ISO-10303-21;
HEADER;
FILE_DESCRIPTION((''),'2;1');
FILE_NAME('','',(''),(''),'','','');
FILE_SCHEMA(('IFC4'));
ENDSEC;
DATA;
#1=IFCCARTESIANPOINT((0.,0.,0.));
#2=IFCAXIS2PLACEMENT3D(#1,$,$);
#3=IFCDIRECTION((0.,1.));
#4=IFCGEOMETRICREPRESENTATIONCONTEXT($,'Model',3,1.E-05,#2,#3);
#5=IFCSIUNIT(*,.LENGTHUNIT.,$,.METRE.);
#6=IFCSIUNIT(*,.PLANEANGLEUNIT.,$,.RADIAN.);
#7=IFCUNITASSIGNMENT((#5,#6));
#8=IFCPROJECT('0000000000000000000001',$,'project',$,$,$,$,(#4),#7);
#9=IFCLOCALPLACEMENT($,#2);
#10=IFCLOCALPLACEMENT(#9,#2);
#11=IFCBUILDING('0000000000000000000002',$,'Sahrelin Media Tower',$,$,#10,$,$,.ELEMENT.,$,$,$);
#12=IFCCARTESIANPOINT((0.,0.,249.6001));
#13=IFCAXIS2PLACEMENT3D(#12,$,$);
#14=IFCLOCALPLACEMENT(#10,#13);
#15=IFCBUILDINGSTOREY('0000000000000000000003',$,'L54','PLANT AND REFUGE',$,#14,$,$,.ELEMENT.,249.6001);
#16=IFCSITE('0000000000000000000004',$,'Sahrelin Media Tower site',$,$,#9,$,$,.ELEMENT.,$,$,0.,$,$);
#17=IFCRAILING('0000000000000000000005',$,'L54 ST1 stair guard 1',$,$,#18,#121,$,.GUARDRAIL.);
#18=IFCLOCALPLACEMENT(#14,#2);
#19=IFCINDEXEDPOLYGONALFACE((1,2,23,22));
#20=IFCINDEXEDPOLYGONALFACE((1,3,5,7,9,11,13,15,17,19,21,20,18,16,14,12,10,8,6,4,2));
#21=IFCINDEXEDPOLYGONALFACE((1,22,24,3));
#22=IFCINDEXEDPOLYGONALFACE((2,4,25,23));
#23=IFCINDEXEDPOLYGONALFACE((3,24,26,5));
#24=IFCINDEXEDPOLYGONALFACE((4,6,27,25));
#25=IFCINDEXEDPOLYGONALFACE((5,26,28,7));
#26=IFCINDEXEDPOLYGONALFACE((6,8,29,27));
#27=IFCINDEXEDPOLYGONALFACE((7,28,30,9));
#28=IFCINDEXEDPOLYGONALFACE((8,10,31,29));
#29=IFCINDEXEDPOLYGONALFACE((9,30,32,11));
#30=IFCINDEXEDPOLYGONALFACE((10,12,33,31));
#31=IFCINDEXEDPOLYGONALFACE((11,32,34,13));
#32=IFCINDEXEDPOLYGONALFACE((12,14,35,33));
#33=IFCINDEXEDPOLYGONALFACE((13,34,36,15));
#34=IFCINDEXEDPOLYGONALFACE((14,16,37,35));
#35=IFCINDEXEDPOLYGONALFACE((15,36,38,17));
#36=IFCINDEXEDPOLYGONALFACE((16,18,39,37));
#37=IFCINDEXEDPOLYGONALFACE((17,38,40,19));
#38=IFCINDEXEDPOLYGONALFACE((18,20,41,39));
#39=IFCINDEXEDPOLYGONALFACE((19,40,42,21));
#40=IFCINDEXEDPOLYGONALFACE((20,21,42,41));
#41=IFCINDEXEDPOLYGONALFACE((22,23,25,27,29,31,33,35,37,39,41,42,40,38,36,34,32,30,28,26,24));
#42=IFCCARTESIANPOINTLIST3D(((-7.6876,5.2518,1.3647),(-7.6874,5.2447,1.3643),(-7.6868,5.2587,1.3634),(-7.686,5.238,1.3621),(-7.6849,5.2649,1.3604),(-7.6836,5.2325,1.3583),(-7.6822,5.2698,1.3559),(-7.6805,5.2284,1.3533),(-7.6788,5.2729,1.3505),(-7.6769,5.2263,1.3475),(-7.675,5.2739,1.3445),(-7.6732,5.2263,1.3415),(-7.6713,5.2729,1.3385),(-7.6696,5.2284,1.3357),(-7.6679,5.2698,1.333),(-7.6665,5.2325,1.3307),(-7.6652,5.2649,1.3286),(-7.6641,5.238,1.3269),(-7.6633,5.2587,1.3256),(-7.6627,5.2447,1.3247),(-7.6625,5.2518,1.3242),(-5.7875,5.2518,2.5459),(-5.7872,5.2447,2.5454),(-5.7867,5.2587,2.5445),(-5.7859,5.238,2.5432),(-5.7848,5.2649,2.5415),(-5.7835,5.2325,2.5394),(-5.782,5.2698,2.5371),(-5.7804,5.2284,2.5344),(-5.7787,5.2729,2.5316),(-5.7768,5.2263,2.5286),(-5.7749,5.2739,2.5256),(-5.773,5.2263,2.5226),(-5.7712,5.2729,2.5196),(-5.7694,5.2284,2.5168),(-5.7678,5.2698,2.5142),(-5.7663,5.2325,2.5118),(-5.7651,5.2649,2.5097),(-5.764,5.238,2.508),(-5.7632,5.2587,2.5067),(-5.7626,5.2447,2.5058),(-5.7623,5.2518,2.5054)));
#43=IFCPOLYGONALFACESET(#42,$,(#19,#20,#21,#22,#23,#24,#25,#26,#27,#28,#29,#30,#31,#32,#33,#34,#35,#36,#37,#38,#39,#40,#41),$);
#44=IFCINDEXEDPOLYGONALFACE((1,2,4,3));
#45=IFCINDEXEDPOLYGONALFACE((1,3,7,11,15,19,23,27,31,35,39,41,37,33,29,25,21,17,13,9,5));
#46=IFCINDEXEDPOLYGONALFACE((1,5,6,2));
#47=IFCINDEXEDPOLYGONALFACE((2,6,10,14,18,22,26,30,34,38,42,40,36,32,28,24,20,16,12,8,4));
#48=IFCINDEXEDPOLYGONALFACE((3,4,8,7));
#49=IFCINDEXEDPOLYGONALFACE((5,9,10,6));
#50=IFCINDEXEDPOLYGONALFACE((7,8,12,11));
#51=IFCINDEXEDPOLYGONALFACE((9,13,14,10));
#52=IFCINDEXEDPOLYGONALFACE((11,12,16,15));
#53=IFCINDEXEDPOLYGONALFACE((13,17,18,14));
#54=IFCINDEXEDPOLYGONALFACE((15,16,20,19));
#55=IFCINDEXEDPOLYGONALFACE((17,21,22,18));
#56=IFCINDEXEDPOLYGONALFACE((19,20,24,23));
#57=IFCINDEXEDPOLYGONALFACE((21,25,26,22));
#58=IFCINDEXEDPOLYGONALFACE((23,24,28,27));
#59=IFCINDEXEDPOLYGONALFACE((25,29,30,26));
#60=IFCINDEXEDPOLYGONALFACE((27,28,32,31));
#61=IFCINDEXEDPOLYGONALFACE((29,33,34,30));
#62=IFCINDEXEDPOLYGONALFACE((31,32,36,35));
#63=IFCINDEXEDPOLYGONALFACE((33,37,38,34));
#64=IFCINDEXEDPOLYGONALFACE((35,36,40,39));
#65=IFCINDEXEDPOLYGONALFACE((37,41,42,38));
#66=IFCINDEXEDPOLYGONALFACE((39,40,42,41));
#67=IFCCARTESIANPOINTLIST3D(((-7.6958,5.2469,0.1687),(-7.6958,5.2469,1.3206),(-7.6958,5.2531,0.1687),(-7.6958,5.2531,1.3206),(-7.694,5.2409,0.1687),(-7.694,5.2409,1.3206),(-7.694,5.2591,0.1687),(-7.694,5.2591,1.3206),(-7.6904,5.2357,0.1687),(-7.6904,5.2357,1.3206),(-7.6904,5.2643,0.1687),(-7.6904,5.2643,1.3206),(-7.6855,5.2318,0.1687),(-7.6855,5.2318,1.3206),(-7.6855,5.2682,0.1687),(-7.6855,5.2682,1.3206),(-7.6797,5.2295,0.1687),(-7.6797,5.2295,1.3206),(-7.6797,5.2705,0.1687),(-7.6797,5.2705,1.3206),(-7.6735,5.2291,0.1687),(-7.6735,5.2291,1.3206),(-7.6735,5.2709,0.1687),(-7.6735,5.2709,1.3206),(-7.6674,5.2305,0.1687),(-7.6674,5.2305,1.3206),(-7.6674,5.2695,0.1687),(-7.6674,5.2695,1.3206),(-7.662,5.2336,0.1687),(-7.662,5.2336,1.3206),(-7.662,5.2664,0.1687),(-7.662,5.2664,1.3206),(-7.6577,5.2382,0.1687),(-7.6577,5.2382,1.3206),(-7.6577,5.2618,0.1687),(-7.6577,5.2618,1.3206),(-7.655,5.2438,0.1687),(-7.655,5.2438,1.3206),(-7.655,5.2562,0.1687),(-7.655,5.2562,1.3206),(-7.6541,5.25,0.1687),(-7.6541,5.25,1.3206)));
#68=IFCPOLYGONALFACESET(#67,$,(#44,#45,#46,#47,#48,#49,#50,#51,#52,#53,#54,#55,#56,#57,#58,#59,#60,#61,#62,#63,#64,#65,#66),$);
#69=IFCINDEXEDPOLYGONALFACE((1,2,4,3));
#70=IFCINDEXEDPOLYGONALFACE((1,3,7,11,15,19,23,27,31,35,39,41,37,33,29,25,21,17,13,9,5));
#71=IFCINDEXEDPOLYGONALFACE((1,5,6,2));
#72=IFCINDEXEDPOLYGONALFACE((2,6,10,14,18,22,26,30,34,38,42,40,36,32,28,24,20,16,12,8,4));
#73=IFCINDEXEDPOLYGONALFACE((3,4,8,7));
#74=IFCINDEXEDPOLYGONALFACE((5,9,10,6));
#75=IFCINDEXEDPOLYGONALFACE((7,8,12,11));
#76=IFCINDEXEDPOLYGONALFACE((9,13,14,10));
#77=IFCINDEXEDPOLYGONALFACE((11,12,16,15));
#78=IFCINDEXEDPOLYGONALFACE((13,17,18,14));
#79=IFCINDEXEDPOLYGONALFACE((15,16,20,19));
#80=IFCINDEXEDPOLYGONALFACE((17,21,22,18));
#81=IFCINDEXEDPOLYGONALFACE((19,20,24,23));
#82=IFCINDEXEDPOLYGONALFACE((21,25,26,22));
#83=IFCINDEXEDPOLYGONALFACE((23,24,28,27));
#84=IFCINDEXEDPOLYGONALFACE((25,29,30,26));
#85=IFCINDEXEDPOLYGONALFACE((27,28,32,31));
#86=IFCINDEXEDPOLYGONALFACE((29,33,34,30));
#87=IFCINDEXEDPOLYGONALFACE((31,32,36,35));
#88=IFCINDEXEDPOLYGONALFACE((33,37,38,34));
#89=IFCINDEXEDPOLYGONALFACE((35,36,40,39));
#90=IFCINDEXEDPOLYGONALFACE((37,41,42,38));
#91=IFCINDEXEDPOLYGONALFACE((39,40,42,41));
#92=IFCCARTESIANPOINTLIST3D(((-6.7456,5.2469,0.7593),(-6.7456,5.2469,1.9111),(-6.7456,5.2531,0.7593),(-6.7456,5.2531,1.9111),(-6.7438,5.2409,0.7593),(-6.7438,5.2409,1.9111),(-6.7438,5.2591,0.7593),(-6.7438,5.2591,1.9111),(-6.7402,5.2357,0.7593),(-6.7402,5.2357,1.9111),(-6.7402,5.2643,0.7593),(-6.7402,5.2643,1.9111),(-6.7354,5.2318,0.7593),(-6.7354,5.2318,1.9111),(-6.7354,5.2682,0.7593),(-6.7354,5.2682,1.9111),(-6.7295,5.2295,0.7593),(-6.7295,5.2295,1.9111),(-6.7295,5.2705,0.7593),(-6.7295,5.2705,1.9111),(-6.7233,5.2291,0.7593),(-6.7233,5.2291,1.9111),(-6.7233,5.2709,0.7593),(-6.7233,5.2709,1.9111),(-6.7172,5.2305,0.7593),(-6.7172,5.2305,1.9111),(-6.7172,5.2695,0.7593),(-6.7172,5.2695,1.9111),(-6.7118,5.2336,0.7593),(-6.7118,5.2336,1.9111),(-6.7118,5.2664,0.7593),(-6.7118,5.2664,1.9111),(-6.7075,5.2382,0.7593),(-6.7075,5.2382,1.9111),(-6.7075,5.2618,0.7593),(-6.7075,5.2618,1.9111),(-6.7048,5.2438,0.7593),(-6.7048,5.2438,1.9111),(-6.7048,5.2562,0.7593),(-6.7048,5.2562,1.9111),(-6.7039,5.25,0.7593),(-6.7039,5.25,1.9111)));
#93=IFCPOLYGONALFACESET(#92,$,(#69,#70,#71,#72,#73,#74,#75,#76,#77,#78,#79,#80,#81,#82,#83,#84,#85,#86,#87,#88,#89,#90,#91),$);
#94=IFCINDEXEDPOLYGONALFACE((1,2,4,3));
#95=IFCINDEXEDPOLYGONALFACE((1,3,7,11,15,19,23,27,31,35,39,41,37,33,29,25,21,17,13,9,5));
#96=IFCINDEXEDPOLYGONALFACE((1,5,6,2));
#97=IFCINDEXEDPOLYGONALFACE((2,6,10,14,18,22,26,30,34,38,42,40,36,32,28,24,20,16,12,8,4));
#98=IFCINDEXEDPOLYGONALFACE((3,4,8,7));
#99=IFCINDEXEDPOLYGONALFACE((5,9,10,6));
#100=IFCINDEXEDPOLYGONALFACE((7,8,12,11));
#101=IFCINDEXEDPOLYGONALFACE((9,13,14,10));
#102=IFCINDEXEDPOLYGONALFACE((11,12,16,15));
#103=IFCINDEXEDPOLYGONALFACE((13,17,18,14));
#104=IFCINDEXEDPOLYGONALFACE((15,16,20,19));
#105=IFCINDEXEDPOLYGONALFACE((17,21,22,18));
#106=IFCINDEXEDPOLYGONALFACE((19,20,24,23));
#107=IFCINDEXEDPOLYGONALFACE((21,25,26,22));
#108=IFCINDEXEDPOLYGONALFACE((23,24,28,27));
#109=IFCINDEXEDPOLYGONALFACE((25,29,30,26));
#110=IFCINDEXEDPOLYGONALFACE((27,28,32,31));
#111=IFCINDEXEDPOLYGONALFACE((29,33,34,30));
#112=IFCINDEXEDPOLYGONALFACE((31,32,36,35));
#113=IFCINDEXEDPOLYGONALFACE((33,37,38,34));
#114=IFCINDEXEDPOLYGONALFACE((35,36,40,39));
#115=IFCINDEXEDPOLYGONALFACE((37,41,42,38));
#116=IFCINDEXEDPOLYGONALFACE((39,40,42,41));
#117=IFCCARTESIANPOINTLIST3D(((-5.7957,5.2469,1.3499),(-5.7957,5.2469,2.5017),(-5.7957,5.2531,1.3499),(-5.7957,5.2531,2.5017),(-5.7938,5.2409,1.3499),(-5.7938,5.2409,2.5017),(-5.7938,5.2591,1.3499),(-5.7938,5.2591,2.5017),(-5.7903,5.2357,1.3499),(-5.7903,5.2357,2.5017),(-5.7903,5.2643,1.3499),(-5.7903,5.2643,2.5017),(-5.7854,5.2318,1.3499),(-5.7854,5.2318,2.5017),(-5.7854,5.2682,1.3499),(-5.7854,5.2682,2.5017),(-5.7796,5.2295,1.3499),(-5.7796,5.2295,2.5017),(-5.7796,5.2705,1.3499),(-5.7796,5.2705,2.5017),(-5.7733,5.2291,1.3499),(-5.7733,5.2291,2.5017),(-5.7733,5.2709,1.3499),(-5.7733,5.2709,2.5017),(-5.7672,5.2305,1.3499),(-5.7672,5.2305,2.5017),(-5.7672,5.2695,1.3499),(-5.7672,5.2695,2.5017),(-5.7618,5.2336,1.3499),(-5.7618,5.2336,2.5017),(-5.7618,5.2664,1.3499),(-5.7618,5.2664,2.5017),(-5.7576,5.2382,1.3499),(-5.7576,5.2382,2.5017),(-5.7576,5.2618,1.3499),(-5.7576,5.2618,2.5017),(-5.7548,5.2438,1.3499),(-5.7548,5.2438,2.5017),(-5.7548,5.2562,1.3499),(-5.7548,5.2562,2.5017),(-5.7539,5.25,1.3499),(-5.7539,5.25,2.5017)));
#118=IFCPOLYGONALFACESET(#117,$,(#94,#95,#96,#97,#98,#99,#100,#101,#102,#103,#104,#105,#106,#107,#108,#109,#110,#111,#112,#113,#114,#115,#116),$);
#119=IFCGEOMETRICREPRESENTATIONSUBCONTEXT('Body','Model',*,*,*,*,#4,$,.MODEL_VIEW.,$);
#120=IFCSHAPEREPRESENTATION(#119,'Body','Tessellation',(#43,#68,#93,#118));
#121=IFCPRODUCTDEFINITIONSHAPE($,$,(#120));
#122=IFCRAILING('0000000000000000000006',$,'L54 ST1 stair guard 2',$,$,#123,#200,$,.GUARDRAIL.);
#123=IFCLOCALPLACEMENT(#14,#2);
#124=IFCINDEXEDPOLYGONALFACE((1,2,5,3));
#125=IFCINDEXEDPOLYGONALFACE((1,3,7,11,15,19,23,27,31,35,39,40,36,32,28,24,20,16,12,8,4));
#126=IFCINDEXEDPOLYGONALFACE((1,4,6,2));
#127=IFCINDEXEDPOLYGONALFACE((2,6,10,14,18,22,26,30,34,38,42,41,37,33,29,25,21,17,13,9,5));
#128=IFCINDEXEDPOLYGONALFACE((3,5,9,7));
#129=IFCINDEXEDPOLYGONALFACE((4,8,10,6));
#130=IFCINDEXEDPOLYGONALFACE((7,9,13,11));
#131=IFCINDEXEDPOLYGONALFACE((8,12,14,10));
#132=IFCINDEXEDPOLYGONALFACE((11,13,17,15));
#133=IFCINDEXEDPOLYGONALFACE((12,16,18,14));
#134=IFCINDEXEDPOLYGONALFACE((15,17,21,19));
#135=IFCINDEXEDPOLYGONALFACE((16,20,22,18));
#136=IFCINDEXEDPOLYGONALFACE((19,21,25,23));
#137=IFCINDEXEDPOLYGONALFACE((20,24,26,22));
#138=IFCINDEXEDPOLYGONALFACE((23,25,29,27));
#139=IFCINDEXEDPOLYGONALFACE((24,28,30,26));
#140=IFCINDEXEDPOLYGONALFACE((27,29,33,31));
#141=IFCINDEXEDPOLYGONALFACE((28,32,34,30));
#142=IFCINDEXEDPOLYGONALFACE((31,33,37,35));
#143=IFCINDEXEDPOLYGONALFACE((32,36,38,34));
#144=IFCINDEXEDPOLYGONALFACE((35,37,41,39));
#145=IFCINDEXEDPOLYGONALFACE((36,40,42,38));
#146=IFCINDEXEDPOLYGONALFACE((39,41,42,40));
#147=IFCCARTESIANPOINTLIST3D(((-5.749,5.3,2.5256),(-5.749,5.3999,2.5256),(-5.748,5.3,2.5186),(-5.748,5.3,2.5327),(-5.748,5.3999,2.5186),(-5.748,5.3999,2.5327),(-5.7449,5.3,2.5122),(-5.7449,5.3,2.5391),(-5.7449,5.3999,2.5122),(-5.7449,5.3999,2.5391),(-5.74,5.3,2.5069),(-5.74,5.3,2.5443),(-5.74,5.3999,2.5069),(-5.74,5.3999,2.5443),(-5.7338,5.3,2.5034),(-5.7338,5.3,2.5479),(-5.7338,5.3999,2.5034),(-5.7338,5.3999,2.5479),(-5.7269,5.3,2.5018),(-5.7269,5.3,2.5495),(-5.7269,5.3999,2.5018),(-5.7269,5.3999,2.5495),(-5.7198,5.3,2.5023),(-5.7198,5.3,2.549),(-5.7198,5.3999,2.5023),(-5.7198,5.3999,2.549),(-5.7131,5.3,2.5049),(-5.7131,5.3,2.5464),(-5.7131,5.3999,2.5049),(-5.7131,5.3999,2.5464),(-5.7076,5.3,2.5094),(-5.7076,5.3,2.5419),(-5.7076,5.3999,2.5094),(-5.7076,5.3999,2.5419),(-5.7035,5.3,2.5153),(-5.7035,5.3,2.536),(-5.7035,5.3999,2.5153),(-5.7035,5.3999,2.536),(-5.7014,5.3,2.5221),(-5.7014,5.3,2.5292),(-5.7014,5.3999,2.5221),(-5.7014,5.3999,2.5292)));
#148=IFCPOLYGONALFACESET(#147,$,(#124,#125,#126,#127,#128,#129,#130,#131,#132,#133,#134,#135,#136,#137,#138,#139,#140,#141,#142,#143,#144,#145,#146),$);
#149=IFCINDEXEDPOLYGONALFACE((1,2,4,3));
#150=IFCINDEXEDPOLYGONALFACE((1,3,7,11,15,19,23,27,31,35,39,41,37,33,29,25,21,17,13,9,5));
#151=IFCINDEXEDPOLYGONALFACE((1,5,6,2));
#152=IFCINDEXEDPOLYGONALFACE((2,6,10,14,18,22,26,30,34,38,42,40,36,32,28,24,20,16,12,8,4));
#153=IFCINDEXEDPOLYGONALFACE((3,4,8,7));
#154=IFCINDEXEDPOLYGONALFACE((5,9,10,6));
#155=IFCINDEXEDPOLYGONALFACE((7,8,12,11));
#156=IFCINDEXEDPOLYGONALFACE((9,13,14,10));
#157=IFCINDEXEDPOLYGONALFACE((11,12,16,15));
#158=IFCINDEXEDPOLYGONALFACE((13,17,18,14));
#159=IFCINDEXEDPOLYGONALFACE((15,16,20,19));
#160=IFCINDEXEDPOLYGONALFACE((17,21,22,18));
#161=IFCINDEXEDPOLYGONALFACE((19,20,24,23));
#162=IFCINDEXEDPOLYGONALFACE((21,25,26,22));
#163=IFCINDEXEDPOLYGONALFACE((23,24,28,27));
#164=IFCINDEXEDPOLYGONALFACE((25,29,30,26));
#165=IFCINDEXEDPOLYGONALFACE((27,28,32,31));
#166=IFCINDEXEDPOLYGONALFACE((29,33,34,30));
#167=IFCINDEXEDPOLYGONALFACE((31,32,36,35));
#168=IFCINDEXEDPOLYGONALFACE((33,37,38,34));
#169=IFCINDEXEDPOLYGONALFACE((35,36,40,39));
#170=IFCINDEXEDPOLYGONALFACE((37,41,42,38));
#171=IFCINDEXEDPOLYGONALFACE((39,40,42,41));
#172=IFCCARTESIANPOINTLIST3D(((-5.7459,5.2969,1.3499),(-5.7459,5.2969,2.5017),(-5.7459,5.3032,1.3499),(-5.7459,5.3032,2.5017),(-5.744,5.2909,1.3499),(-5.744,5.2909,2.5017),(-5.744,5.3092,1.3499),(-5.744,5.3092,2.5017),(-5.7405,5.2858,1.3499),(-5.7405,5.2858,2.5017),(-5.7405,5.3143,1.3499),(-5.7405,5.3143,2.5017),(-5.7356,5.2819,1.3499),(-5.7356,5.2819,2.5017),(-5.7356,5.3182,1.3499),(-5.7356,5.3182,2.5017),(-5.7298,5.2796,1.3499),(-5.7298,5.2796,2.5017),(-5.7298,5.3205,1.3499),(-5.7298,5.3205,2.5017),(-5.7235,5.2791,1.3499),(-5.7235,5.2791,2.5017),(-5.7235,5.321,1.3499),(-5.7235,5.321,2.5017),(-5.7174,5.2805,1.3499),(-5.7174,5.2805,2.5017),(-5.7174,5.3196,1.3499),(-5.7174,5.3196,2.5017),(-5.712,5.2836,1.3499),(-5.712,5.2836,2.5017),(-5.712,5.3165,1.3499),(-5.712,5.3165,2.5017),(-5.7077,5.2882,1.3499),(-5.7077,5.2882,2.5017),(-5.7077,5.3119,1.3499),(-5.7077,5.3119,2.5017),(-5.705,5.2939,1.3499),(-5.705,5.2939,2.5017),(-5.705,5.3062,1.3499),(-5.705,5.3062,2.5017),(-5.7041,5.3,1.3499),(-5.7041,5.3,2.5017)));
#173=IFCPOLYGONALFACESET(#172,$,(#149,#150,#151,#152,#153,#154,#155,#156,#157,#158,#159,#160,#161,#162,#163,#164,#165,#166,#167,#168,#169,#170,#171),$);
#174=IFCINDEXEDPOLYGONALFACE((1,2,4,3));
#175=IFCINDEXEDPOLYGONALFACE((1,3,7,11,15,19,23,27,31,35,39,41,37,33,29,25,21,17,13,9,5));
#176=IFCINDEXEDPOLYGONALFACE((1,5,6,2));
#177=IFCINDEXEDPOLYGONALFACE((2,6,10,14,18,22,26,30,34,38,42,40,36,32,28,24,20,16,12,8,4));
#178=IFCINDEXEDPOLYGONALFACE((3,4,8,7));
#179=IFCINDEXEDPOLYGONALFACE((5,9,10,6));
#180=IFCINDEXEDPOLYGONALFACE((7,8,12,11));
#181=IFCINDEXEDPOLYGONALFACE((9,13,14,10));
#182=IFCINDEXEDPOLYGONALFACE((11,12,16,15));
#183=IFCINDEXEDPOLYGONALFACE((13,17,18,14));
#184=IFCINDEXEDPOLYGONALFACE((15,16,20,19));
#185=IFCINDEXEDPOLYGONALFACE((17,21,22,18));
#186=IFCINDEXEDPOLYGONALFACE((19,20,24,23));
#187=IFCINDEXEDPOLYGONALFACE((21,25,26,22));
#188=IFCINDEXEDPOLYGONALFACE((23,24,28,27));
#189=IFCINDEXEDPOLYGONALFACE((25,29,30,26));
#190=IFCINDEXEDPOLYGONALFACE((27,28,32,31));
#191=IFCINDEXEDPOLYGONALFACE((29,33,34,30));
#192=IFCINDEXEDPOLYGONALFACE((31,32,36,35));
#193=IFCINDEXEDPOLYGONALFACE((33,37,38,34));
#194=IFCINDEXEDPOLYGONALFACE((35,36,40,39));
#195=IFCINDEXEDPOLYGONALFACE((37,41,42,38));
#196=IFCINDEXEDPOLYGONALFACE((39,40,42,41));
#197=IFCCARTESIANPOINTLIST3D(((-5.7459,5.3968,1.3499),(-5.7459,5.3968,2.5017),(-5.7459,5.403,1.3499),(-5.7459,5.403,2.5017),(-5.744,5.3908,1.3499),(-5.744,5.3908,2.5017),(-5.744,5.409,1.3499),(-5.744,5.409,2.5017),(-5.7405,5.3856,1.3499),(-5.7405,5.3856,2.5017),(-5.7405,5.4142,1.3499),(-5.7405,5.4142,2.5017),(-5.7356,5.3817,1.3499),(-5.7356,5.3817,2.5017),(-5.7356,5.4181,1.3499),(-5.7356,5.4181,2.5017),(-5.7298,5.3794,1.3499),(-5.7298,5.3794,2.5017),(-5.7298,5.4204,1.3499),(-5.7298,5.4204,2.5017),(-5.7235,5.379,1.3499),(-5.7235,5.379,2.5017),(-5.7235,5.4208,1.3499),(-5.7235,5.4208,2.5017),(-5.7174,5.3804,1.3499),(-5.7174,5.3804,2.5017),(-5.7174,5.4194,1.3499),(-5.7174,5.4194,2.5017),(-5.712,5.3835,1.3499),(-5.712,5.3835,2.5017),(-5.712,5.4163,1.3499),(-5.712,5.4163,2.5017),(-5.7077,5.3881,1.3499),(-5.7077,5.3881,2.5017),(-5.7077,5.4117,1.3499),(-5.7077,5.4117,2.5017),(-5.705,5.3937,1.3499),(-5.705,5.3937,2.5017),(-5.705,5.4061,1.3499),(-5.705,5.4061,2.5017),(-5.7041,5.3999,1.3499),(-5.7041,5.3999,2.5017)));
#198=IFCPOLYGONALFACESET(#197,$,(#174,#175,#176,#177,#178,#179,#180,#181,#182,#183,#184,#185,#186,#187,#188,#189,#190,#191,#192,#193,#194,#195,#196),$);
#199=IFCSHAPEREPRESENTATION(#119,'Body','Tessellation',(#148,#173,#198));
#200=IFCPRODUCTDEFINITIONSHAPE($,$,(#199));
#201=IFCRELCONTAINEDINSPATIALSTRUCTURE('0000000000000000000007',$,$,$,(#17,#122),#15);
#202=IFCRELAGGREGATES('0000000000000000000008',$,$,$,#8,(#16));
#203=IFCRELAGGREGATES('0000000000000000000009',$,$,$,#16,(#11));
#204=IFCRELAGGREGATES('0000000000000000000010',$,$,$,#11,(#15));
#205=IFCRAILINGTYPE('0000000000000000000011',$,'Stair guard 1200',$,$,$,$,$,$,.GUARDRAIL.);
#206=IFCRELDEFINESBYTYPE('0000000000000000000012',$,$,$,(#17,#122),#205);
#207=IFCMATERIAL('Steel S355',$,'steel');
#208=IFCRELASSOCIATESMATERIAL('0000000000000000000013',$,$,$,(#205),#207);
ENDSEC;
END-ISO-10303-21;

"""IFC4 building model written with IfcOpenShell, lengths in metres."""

from ifc_helpers import new_model, si_unit, direction, frame, origin, origin_2d, place, context, subcontext, project, spatial, circle, extrude, material, type_object, element, save


model = new_model("IFC4")

# Units and contexts
model_context = context("Model", 3, precision=1e-05, world=origin(), true_north=direction((0.0, 1.0)))
body_context = subcontext(model_context, "Body", "Model", "MODEL_VIEW")
ifc_project = project(units=[si_unit("LENGTHUNIT", "METRE"), si_unit("PLANEANGLEUNIT", "RADIAN")], contexts=[model_context])

# Site, building, storey
site_placement = place(None, origin())
site = spatial("IfcSite", under=ifc_project, at=site_placement, Name="Sahrelin Media Tower site", CompositionType="ELEMENT", RefElevation=0.0)
building_placement = place(site_placement, origin())
building = spatial("IfcBuilding", under=site, at=building_placement, Name="Sahrelin Media Tower", CompositionType="ELEMENT")
storey_placement = place(building_placement, frame((0.0, 0.0, 249.6001)))
storey = spatial("IfcBuildingStorey", under=building, at=storey_placement, Name="L54", Description="PLANT AND REFUGE", CompositionType="ELEMENT", Elevation=249.6001)

# Railings
ifc_material_1 = material(Name="Steel S355", Category="steel")
railing_type_1 = type_object("IfcRailingType", Name="Stair guard 1200", PredefinedType="GUARDRAIL", material=ifc_material_1)
railing_1_placement = place(storey_placement, frame((-7.675, 5.25, 0.1687)))
element("IfcRailing", 1, at=railing_1_placement, inside=storey, type_object=railing_type_1, Name="L54 ST1 stair guard 1", PredefinedType="GUARDRAIL", context=body_context, shape_type="SweptSolid", body=[
    extrude(circle(Radius=0.0239, at=origin_2d()), frame((0.0, 0.0, 1.1758), z_axis=(0.849289, 0.0, 0.527928), x_axis=(0.0, 1.0, 0.0)), (0.0, 0.0, 1.0), 2.2373),
    extrude(circle(Radius=0.021, at=origin_2d()), origin(), (0.0, 0.0, 1.0), 1.1519),
    extrude(circle(Radius=0.021, at=origin_2d()), frame((0.9502, 0.0, 0.5906)), (0.0, 0.0, 1.0), 1.1519),
    extrude(circle(Radius=0.021, at=origin_2d()), frame((1.9001, 0.0, 1.1812)), (0.0, 0.0, 1.0), 1.1519),
])
railing_2_placement = place(storey_placement, frame((-5.7251, 5.3, 1.3499)))
element("IfcRailing", 2, at=railing_2_placement, inside=storey, type_object=railing_type_1, Name="L54 ST1 stair guard 2", PredefinedType="GUARDRAIL", context=body_context, shape_type="SweptSolid", body=[
    extrude(circle(Radius=0.0239, at=origin_2d()), frame((0.0, 0.0, 1.1758), z_axis=(0.0, 1.0, 0.0), x_axis=(-1.0, 0.0, 0.0)), (0.0, 0.0, 1.0), 0.0999),
    extrude(circle(Radius=0.021, at=origin_2d()), origin(), (0.0, 0.0, 1.0), 1.1519),
    extrude(circle(Radius=0.021, at=origin_2d()), frame((0.0, 0.0999, 0.0)), (0.0, 0.0, 1.0), 1.1519),
])

save(model, "model.ifc")
